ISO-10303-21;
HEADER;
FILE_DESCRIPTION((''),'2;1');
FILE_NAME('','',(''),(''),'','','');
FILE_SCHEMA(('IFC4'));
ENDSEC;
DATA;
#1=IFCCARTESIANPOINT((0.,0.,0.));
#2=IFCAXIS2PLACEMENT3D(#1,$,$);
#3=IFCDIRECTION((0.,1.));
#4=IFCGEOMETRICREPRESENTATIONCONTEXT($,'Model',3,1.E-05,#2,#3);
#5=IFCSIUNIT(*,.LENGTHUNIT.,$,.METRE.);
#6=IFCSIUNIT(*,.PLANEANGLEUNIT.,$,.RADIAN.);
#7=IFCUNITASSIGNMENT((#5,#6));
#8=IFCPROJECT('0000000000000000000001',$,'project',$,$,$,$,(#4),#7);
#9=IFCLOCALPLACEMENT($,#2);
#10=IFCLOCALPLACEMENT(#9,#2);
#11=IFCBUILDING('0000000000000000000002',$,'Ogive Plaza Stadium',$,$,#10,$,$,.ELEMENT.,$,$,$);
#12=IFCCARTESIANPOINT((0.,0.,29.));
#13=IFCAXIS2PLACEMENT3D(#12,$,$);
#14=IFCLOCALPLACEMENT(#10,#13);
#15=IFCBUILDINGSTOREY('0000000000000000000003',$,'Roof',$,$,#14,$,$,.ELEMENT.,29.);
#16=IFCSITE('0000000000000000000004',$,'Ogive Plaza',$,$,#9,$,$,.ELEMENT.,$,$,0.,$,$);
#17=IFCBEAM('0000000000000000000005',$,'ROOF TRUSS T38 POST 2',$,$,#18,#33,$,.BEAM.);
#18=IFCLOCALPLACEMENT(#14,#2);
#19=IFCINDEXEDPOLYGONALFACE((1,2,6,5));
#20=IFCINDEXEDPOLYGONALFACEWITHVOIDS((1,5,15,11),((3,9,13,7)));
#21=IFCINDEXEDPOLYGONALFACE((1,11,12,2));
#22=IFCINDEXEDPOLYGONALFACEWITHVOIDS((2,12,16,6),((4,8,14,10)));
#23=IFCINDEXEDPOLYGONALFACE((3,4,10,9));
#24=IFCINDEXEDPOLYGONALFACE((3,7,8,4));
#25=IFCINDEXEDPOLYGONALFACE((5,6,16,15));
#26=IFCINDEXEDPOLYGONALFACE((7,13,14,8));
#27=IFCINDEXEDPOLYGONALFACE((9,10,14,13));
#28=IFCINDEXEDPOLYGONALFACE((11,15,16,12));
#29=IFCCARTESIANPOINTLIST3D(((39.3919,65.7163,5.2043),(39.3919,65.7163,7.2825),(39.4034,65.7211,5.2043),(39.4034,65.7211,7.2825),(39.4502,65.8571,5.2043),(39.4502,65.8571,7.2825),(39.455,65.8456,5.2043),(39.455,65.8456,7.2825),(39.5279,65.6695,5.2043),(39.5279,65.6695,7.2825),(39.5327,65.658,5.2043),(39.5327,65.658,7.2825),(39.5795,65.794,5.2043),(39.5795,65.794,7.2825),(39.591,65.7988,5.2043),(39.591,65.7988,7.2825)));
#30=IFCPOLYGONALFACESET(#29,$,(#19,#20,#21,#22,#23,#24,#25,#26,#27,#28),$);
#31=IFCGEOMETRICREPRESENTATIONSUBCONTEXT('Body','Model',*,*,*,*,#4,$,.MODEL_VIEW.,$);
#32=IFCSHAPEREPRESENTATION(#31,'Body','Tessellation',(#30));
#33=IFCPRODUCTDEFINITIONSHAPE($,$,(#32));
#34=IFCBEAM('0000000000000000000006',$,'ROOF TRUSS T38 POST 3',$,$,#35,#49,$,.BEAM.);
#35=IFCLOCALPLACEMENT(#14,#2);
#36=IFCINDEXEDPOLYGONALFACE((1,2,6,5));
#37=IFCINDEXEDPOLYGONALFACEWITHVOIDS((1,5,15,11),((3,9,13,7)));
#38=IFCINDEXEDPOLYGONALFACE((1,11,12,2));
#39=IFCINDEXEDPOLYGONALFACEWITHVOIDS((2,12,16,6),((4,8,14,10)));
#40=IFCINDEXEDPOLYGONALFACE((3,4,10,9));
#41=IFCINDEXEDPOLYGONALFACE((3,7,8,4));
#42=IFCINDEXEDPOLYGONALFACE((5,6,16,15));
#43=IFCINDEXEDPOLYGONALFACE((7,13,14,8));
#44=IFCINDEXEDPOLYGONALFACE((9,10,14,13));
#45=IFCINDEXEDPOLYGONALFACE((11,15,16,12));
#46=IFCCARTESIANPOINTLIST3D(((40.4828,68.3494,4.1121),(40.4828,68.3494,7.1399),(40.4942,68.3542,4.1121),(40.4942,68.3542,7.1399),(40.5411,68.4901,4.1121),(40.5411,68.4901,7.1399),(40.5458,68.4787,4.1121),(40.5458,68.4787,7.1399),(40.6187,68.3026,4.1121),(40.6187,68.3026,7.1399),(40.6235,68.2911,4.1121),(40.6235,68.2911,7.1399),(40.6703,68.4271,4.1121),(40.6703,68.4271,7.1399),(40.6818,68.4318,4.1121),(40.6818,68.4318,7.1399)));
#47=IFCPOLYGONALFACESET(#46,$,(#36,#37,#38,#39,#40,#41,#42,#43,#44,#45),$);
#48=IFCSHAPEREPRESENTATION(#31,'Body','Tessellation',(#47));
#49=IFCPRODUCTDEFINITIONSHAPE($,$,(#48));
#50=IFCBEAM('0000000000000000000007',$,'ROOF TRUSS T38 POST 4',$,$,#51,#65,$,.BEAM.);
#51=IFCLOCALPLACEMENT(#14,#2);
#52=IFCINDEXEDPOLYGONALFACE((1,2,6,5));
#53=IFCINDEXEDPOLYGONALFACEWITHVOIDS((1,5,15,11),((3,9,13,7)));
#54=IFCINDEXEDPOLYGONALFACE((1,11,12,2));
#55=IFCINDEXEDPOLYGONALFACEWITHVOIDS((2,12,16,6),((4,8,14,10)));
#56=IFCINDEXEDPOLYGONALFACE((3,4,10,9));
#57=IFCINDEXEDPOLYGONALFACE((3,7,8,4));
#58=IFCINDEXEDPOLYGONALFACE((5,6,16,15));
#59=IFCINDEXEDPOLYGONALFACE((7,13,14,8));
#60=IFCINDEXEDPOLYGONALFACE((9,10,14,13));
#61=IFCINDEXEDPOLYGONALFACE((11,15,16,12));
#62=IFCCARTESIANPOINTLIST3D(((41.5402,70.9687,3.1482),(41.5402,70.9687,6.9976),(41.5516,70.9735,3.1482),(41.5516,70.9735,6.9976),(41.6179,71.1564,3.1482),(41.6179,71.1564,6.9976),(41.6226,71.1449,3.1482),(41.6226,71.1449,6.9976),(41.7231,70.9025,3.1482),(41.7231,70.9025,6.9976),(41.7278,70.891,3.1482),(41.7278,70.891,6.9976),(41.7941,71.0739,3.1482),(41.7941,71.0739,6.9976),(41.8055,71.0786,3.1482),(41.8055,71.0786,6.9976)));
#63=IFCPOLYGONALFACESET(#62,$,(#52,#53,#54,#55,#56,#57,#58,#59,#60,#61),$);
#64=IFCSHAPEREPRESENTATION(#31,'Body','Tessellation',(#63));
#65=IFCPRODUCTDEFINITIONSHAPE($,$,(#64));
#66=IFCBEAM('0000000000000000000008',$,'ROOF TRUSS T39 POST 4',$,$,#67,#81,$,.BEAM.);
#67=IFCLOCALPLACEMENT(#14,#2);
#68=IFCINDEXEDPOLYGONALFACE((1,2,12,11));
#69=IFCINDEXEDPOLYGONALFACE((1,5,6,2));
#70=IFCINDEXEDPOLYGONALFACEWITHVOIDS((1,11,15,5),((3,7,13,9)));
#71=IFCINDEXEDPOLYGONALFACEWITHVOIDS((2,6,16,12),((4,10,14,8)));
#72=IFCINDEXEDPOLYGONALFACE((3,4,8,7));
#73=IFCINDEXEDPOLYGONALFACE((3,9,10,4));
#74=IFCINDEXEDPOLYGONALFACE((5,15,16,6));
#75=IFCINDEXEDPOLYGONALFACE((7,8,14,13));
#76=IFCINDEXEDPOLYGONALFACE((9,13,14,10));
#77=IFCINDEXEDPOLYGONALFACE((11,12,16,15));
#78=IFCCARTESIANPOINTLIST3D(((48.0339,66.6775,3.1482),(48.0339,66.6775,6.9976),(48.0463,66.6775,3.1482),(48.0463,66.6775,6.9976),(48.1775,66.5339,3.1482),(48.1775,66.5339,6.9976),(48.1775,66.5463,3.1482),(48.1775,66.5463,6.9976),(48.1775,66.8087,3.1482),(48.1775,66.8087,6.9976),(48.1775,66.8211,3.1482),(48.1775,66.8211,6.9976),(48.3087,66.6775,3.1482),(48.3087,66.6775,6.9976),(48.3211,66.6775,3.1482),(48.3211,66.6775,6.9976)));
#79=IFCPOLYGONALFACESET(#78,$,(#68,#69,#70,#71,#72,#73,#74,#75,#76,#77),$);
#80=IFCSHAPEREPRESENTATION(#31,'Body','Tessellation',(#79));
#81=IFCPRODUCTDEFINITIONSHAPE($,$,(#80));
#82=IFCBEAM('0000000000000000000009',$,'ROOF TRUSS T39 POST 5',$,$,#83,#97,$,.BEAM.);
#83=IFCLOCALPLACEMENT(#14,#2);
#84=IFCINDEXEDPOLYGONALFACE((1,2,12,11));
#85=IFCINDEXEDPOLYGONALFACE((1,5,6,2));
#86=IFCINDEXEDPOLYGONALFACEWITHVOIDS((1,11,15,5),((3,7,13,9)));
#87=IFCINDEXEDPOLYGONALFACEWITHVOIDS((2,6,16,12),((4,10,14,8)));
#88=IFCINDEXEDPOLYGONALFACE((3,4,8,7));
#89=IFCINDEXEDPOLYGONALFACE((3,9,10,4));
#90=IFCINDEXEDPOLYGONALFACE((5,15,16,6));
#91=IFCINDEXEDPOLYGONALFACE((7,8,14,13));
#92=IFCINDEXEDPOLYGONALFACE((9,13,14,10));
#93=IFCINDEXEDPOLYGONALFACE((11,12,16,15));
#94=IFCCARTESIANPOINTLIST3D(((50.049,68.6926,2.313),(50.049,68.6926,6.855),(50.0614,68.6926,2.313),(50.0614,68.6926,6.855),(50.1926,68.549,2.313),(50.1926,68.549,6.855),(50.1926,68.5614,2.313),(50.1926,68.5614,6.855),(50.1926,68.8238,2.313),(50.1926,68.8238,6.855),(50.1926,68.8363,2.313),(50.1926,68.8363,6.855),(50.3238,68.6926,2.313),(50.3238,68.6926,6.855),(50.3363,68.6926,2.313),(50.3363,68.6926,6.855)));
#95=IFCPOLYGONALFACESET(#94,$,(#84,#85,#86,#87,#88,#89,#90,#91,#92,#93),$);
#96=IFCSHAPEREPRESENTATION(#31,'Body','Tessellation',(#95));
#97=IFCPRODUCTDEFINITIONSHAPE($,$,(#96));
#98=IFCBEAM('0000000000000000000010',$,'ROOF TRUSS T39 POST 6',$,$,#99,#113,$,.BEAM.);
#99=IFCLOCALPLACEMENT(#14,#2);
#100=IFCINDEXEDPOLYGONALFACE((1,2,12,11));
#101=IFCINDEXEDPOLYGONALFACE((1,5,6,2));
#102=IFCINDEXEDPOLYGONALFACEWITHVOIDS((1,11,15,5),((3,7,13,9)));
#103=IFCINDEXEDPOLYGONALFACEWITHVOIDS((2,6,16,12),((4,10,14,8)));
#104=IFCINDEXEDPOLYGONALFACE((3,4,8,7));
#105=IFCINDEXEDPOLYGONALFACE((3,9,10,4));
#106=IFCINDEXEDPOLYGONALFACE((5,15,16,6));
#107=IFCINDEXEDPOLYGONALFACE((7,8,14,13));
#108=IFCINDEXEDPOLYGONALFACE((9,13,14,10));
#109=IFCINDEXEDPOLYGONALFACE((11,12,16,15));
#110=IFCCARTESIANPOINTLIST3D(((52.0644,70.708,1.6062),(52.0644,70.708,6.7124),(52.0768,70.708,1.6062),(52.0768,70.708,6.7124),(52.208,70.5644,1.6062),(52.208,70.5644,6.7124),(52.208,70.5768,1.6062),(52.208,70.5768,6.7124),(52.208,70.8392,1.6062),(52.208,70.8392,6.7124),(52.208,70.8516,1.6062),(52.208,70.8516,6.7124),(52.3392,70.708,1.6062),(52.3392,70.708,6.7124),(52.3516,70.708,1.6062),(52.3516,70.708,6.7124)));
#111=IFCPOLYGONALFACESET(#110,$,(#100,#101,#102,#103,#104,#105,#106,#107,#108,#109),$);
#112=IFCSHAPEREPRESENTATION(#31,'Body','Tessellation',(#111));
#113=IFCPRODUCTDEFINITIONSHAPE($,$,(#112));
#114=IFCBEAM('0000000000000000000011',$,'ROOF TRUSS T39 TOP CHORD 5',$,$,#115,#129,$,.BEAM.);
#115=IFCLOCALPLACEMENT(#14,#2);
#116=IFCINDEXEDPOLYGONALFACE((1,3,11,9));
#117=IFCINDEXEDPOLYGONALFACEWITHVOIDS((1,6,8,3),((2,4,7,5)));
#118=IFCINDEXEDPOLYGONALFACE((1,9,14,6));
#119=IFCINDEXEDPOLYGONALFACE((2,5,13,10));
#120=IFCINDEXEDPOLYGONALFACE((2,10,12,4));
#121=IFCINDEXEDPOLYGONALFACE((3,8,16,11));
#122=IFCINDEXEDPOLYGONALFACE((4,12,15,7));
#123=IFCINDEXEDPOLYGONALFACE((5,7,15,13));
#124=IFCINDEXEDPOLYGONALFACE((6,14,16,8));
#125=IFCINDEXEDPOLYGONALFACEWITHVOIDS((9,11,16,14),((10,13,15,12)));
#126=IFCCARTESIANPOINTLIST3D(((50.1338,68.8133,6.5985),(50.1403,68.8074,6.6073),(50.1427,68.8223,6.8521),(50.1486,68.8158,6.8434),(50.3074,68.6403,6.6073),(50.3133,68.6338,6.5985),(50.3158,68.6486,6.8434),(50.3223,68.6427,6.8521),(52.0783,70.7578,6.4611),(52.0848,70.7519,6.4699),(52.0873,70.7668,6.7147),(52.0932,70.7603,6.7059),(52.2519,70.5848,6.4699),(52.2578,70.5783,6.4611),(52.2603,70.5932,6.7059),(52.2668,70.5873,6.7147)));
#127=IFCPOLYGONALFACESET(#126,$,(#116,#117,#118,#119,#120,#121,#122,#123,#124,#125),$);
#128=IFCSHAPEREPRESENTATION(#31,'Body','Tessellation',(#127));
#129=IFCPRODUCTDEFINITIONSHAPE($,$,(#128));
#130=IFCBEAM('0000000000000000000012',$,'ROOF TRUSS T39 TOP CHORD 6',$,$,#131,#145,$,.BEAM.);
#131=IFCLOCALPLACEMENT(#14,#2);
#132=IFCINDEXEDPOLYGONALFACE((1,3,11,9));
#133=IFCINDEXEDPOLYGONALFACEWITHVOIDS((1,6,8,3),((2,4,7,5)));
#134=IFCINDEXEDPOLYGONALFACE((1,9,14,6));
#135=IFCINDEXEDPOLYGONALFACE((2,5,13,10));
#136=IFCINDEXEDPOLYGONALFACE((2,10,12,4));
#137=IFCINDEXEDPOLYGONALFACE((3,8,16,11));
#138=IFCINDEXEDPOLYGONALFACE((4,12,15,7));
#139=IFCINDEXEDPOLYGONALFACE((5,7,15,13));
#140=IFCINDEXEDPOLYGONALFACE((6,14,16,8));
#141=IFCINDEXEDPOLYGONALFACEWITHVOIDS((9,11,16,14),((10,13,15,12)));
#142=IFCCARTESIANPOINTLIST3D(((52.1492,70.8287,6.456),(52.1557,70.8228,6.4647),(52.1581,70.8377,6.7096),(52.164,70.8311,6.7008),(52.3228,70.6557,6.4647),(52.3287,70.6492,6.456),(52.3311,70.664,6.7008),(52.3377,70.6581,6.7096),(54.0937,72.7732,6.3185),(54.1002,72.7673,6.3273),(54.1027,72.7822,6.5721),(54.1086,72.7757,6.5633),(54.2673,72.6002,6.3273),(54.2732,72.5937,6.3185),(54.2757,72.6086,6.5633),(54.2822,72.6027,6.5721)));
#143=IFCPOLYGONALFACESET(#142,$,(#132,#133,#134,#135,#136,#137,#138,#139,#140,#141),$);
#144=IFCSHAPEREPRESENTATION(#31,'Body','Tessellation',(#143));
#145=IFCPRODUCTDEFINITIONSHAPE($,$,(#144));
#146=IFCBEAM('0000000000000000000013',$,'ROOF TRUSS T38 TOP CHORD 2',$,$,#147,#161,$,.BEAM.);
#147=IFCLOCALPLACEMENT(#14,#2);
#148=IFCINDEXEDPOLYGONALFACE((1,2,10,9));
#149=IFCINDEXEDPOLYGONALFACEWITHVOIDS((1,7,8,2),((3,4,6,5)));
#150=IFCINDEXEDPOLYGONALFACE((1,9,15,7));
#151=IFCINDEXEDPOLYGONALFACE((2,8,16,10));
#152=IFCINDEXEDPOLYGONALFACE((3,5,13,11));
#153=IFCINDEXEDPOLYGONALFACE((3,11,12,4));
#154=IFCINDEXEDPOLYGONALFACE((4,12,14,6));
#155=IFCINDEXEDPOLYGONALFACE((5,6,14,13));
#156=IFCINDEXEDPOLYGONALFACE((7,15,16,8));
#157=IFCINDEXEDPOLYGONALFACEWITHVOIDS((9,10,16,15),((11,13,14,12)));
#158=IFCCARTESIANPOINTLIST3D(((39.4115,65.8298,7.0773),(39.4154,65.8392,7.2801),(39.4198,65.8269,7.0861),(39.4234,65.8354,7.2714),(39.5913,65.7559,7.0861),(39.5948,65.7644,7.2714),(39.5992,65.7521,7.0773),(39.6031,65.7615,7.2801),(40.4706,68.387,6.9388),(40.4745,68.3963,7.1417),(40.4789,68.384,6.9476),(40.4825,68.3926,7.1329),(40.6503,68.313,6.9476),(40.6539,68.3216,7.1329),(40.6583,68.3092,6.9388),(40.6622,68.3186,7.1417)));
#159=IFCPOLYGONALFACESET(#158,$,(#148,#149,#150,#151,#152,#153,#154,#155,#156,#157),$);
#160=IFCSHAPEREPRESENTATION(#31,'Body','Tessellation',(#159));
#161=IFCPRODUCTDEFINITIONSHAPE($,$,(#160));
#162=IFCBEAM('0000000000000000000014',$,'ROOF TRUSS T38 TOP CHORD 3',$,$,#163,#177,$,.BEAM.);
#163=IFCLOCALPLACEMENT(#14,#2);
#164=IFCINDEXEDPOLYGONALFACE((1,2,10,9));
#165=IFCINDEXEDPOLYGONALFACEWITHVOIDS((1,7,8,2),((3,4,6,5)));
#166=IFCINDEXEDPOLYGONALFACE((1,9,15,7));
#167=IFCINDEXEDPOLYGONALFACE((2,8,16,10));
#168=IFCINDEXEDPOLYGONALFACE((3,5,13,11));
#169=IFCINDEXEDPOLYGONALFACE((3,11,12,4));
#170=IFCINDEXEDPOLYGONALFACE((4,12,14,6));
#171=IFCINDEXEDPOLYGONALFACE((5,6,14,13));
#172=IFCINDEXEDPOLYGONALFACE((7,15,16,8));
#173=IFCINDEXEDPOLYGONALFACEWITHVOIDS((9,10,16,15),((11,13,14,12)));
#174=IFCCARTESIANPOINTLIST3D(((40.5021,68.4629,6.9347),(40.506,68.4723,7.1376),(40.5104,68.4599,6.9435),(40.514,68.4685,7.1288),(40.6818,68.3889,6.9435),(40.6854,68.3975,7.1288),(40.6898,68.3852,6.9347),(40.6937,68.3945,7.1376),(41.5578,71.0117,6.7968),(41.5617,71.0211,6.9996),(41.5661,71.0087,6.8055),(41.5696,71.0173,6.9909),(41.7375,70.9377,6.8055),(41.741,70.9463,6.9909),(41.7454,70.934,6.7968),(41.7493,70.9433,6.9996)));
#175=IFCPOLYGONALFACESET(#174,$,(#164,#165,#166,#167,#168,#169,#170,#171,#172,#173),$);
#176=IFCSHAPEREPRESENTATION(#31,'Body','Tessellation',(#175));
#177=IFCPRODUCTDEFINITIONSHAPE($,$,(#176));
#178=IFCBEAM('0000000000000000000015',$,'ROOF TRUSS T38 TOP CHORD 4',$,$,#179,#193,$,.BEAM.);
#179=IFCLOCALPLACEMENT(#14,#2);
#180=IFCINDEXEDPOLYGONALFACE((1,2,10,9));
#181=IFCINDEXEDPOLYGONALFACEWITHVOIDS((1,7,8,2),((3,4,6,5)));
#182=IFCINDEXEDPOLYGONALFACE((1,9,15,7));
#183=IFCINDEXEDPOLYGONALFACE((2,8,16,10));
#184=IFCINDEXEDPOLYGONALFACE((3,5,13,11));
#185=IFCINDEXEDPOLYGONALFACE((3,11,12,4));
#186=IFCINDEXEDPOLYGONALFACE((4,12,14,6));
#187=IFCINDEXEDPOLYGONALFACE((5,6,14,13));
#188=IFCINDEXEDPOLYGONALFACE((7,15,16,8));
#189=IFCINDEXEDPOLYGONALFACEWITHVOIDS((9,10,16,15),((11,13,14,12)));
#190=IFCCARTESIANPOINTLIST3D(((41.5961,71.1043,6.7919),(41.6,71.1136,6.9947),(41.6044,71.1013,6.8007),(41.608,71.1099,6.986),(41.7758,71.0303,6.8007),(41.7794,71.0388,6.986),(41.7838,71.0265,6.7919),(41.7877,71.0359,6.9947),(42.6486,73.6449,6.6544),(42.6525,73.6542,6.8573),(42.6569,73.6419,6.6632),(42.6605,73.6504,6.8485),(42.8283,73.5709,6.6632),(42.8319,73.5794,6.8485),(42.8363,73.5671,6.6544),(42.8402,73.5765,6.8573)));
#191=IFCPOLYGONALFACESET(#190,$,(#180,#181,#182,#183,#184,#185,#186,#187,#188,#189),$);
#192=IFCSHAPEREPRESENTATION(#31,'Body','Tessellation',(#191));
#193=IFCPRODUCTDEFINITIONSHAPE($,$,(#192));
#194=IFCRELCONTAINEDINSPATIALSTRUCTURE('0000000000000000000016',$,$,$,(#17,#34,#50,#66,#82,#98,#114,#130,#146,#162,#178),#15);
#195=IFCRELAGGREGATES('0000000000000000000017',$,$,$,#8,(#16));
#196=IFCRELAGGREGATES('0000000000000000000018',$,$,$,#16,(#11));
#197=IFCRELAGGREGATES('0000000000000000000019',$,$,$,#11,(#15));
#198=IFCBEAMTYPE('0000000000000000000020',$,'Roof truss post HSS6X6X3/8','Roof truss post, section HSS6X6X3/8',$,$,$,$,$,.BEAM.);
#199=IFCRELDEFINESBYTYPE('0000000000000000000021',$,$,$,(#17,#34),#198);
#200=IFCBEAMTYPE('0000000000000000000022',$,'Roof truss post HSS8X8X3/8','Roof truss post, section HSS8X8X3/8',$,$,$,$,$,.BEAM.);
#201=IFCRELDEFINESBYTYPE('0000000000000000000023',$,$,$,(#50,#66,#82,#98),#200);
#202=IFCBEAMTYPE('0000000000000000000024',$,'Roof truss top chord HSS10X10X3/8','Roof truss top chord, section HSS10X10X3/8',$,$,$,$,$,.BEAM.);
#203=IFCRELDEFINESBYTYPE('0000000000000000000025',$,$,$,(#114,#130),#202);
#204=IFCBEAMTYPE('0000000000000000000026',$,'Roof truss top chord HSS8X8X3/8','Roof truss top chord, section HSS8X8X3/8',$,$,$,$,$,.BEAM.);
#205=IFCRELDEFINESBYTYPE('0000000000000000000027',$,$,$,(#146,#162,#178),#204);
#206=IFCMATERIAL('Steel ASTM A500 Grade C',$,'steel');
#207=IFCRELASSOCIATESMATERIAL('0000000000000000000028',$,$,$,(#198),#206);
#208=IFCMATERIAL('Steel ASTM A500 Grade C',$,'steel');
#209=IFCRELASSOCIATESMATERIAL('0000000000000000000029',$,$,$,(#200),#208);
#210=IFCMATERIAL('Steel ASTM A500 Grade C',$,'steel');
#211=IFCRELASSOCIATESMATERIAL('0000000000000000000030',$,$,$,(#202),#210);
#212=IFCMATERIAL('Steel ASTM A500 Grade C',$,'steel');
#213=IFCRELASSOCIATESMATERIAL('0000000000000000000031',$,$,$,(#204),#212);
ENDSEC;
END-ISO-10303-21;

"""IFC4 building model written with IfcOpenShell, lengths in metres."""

from ifc_helpers import new_model, si_unit, direction, frame, origin, origin_2d, place, context, subcontext, project, spatial, hollow_rectangle, extrude, material, material_profile, profile_set, type_object, element, save


model = new_model("IFC4")

# Units and contexts
model_context = context("Model", 3, precision=1e-05, world=origin(), true_north=direction((0.0, 1.0)))
body_context = subcontext(model_context, "Body", "Model", "MODEL_VIEW")
ifc_project = project(units=[si_unit("LENGTHUNIT", "METRE"), si_unit("PLANEANGLEUNIT", "RADIAN")], contexts=[model_context])

# Site, building, storey
site_placement = place(None, origin())
site = spatial("IfcSite", under=ifc_project, at=site_placement, Name="Ogive Plaza", CompositionType="ELEMENT", RefElevation=0.0)
building_placement = place(site_placement, origin())
building = spatial("IfcBuilding", under=site, at=building_placement, Name="Ogive Plaza Stadium", CompositionType="ELEMENT")
storey_placement = place(building_placement, frame((0.0, 0.0, 29.0)))
storey = spatial("IfcBuildingStorey", under=building, at=storey_placement, Name="Roof", CompositionType="ELEMENT", Elevation=29.0)

# Beams
ifc_material_1 = material(Name="Steel ASTM A500 Grade C", Category="steel")
ifc_material_profile_1 = material_profile(ifc_material_1, hollow_rectangle(XDim=0.1523, YDim=0.1523, WallThickness=0.0088, at=origin_2d()), Name="HSS6X6X3/8")
ifc_profile_set_1 = profile_set([ifc_material_profile_1], Name="Steel ASTM A500 Grade C")
beam_type_1 = type_object("IfcBeamType", Name="Roof truss post HSS6X6X3/8", Description="Roof truss post, section HSS6X6X3/8", PredefinedType="BEAM", material=ifc_profile_set_1)
beam_1_placement = place(storey_placement, frame((39.4915, 65.7576, 5.2043), z_axis=(0.0, 0.0, 1.0), x_axis=(-0.92388, 0.382683, 0.0)))
element("IfcBeam", 1, at=beam_1_placement, inside=storey, type_object=beam_type_1, Name="ROOF TRUSS T38 POST 2", PredefinedType="BEAM", context=body_context, shape_type="SweptSolid", body=[
    extrude(hollow_rectangle(XDim=0.1523, YDim=0.1523, WallThickness=0.0088, at=origin_2d()), origin(), (0.0, 0.0, 1.0), 2.0781),
])
beam_2_placement = place(storey_placement, frame((40.5823, 68.3906, 4.1121), z_axis=(0.0, 0.0, 1.0), x_axis=(-0.92388, 0.382683, 0.0)))
element("IfcBeam", 2, at=beam_2_placement, inside=storey, type_object=beam_type_1, Name="ROOF TRUSS T38 POST 3", PredefinedType="BEAM", context=body_context, shape_type="SweptSolid", body=[
    extrude(hollow_rectangle(XDim=0.1523, YDim=0.1523, WallThickness=0.0088, at=origin_2d()), origin(), (0.0, 0.0, 1.0), 3.0278),
])
ifc_material_2 = material(Name="Steel ASTM A500 Grade C", Category="steel")
ifc_material_profile_2 = material_profile(ifc_material_2, hollow_rectangle(XDim=0.2031, YDim=0.2031, WallThickness=0.0088, at=origin_2d()), Name="HSS8X8X3/8")
ifc_profile_set_2 = profile_set([ifc_material_profile_2], Name="Steel ASTM A500 Grade C")
beam_type_2 = type_object("IfcBeamType", Name="Roof truss post HSS8X8X3/8", Description="Roof truss post, section HSS8X8X3/8", PredefinedType="BEAM", material=ifc_profile_set_2)
for number, where, z_axis, x_axis, name in (
    (3, (41.6729, 71.0237, 3.1482), (0.0, 0.0, 1.0), (-0.92388, 0.382683, 0.0), "ROOF TRUSS T38 POST 4"),
    (4, (48.1775, 66.6775, 3.1482), (0.0, 0.0, 1.0), (-0.707107, 0.707107, 0.0), "ROOF TRUSS T39 POST 4"),
):
    element("IfcBeam", number, at=place(storey_placement, frame(where, z_axis=z_axis, x_axis=x_axis)), inside=storey, type_object=beam_type_2, Name=name, PredefinedType="BEAM", context=body_context, shape_type="SweptSolid", body=[
        extrude(hollow_rectangle(XDim=0.2031, YDim=0.2031, WallThickness=0.0088, at=origin_2d()), origin(), (0.0, 0.0, 1.0), 3.8494),
    ])
beam_3_placement = place(storey_placement, frame((50.1926, 68.6926, 2.313), z_axis=(0.0, 0.0, 1.0), x_axis=(-0.707107, 0.707107, 0.0)))
element("IfcBeam", 5, at=beam_3_placement, inside=storey, type_object=beam_type_2, Name="ROOF TRUSS T39 POST 5", PredefinedType="BEAM", context=body_context, shape_type="SweptSolid", body=[
    extrude(hollow_rectangle(XDim=0.2031, YDim=0.2031, WallThickness=0.0088, at=origin_2d()), origin(), (0.0, 0.0, 1.0), 4.542),
])
beam_4_placement = place(storey_placement, frame((52.208, 70.708, 1.6062), z_axis=(0.0, 0.0, 1.0), x_axis=(-0.707107, 0.707107, 0.0)))
element("IfcBeam", 6, at=beam_4_placement, inside=storey, type_object=beam_type_2, Name="ROOF TRUSS T39 POST 6", PredefinedType="BEAM", context=body_context, shape_type="SweptSolid", body=[
    extrude(hollow_rectangle(XDim=0.2031, YDim=0.2031, WallThickness=0.0088, at=origin_2d()), origin(), (0.0, 0.0, 1.0), 5.1062),
])
ifc_material_3 = material(Name="Steel ASTM A500 Grade C", Category="steel")
ifc_material_profile_3 = material_profile(ifc_material_3, hollow_rectangle(XDim=0.2539, YDim=0.2539, WallThickness=0.0088, at=origin_2d()), Name="HSS10X10X3/8")
ifc_profile_set_3 = profile_set([ifc_material_profile_3], Name="Steel ASTM A500 Grade C")
beam_type_3 = type_object("IfcBeamType", Name="Roof truss top chord HSS10X10X3/8", Description="Roof truss top chord, section HSS10X10X3/8", PredefinedType="BEAM", material=ifc_profile_set_3)
for number, where, z_axis, x_axis, name in (
    (7, (50.228, 68.728, 6.7253), (0.706225, 0.706225, -0.049919), (-0.707107, 0.707107, 0.0), "ROOF TRUSS T39 TOP CHORD 5"),
    (8, (52.2434, 70.7434, 6.5828), (0.706225, 0.706225, -0.049919), (-0.707107, 0.707107, 0.0), "ROOF TRUSS T39 TOP CHORD 6"),
):
    element("IfcBeam", number, at=place(storey_placement, frame(where, z_axis=z_axis, x_axis=x_axis)), inside=storey, type_object=beam_type_3, Name=name, PredefinedType="BEAM", context=body_context, shape_type="SweptSolid", body=[
        extrude(hollow_rectangle(XDim=0.2539, YDim=0.2539, WallThickness=0.0088, at=origin_2d()), origin(), (0.0, 0.0, 1.0), 2.7534),
    ])
ifc_material_4 = material(Name="Steel ASTM A500 Grade C", Category="steel")
ifc_material_profile_4 = material_profile(ifc_material_4, hollow_rectangle(XDim=0.2031, YDim=0.2031, WallThickness=0.0088, at=origin_2d()), Name="HSS8X8X3/8")
ifc_profile_set_4 = profile_set([ifc_material_profile_4], Name="Steel ASTM A500 Grade C")
beam_type_4 = type_object("IfcBeamType", Name="Roof truss top chord HSS8X8X3/8", Description="Roof truss top chord, section HSS8X8X3/8", PredefinedType="BEAM", material=ifc_profile_set_4)
beam_5_placement = place(storey_placement, frame((39.5073, 65.7957, 7.1787), z_axis=(0.38217, 0.922741, -0.049952), x_axis=(-0.923894, 0.382648, 0.0)))
element("IfcBeam", 9, at=beam_5_placement, inside=storey, type_object=beam_type_4, Name="ROOF TRUSS T38 TOP CHORD 2", PredefinedType="BEAM", context=body_context, shape_type="SweptSolid", body=[
    extrude(hollow_rectangle(XDim=0.2031, YDim=0.2031, WallThickness=0.0088, at=origin_2d()), origin(), (0.0, 0.0, 1.0), 2.7712),
])
beam_6_placement = place(storey_placement, frame((40.5979, 68.4287, 7.0361), z_axis=(0.382177, 0.922739, -0.049938), x_axis=(-0.923892, 0.382654, 0.0)))
element("IfcBeam", 10, at=beam_6_placement, inside=storey, type_object=beam_type_4, Name="ROOF TRUSS T38 TOP CHORD 3", PredefinedType="BEAM", context=body_context, shape_type="SweptSolid", body=[
    extrude(hollow_rectangle(XDim=0.2031, YDim=0.2031, WallThickness=0.0088, at=origin_2d()), origin(), (0.0, 0.0, 1.0), 2.7622),
])
for number, where, z_axis, x_axis, name in (
    (11, (41.6919, 71.0701, 6.8933), (0.382259, 0.922706, -0.049922), (-0.923858, 0.382736, 0.0), "ROOF TRUSS T38 TOP CHORD 4"),
):
    element("IfcBeam", number, at=place(storey_placement, frame(where, z_axis=z_axis, x_axis=x_axis)), inside=storey, type_object=beam_type_4, Name=name, PredefinedType="BEAM", context=body_context, shape_type="SweptSolid", body=[
        extrude(hollow_rectangle(XDim=0.2031, YDim=0.2031, WallThickness=0.0088, at=origin_2d()), origin(), (0.0, 0.0, 1.0), 2.7534),
    ])

save(model, "model.ifc")
